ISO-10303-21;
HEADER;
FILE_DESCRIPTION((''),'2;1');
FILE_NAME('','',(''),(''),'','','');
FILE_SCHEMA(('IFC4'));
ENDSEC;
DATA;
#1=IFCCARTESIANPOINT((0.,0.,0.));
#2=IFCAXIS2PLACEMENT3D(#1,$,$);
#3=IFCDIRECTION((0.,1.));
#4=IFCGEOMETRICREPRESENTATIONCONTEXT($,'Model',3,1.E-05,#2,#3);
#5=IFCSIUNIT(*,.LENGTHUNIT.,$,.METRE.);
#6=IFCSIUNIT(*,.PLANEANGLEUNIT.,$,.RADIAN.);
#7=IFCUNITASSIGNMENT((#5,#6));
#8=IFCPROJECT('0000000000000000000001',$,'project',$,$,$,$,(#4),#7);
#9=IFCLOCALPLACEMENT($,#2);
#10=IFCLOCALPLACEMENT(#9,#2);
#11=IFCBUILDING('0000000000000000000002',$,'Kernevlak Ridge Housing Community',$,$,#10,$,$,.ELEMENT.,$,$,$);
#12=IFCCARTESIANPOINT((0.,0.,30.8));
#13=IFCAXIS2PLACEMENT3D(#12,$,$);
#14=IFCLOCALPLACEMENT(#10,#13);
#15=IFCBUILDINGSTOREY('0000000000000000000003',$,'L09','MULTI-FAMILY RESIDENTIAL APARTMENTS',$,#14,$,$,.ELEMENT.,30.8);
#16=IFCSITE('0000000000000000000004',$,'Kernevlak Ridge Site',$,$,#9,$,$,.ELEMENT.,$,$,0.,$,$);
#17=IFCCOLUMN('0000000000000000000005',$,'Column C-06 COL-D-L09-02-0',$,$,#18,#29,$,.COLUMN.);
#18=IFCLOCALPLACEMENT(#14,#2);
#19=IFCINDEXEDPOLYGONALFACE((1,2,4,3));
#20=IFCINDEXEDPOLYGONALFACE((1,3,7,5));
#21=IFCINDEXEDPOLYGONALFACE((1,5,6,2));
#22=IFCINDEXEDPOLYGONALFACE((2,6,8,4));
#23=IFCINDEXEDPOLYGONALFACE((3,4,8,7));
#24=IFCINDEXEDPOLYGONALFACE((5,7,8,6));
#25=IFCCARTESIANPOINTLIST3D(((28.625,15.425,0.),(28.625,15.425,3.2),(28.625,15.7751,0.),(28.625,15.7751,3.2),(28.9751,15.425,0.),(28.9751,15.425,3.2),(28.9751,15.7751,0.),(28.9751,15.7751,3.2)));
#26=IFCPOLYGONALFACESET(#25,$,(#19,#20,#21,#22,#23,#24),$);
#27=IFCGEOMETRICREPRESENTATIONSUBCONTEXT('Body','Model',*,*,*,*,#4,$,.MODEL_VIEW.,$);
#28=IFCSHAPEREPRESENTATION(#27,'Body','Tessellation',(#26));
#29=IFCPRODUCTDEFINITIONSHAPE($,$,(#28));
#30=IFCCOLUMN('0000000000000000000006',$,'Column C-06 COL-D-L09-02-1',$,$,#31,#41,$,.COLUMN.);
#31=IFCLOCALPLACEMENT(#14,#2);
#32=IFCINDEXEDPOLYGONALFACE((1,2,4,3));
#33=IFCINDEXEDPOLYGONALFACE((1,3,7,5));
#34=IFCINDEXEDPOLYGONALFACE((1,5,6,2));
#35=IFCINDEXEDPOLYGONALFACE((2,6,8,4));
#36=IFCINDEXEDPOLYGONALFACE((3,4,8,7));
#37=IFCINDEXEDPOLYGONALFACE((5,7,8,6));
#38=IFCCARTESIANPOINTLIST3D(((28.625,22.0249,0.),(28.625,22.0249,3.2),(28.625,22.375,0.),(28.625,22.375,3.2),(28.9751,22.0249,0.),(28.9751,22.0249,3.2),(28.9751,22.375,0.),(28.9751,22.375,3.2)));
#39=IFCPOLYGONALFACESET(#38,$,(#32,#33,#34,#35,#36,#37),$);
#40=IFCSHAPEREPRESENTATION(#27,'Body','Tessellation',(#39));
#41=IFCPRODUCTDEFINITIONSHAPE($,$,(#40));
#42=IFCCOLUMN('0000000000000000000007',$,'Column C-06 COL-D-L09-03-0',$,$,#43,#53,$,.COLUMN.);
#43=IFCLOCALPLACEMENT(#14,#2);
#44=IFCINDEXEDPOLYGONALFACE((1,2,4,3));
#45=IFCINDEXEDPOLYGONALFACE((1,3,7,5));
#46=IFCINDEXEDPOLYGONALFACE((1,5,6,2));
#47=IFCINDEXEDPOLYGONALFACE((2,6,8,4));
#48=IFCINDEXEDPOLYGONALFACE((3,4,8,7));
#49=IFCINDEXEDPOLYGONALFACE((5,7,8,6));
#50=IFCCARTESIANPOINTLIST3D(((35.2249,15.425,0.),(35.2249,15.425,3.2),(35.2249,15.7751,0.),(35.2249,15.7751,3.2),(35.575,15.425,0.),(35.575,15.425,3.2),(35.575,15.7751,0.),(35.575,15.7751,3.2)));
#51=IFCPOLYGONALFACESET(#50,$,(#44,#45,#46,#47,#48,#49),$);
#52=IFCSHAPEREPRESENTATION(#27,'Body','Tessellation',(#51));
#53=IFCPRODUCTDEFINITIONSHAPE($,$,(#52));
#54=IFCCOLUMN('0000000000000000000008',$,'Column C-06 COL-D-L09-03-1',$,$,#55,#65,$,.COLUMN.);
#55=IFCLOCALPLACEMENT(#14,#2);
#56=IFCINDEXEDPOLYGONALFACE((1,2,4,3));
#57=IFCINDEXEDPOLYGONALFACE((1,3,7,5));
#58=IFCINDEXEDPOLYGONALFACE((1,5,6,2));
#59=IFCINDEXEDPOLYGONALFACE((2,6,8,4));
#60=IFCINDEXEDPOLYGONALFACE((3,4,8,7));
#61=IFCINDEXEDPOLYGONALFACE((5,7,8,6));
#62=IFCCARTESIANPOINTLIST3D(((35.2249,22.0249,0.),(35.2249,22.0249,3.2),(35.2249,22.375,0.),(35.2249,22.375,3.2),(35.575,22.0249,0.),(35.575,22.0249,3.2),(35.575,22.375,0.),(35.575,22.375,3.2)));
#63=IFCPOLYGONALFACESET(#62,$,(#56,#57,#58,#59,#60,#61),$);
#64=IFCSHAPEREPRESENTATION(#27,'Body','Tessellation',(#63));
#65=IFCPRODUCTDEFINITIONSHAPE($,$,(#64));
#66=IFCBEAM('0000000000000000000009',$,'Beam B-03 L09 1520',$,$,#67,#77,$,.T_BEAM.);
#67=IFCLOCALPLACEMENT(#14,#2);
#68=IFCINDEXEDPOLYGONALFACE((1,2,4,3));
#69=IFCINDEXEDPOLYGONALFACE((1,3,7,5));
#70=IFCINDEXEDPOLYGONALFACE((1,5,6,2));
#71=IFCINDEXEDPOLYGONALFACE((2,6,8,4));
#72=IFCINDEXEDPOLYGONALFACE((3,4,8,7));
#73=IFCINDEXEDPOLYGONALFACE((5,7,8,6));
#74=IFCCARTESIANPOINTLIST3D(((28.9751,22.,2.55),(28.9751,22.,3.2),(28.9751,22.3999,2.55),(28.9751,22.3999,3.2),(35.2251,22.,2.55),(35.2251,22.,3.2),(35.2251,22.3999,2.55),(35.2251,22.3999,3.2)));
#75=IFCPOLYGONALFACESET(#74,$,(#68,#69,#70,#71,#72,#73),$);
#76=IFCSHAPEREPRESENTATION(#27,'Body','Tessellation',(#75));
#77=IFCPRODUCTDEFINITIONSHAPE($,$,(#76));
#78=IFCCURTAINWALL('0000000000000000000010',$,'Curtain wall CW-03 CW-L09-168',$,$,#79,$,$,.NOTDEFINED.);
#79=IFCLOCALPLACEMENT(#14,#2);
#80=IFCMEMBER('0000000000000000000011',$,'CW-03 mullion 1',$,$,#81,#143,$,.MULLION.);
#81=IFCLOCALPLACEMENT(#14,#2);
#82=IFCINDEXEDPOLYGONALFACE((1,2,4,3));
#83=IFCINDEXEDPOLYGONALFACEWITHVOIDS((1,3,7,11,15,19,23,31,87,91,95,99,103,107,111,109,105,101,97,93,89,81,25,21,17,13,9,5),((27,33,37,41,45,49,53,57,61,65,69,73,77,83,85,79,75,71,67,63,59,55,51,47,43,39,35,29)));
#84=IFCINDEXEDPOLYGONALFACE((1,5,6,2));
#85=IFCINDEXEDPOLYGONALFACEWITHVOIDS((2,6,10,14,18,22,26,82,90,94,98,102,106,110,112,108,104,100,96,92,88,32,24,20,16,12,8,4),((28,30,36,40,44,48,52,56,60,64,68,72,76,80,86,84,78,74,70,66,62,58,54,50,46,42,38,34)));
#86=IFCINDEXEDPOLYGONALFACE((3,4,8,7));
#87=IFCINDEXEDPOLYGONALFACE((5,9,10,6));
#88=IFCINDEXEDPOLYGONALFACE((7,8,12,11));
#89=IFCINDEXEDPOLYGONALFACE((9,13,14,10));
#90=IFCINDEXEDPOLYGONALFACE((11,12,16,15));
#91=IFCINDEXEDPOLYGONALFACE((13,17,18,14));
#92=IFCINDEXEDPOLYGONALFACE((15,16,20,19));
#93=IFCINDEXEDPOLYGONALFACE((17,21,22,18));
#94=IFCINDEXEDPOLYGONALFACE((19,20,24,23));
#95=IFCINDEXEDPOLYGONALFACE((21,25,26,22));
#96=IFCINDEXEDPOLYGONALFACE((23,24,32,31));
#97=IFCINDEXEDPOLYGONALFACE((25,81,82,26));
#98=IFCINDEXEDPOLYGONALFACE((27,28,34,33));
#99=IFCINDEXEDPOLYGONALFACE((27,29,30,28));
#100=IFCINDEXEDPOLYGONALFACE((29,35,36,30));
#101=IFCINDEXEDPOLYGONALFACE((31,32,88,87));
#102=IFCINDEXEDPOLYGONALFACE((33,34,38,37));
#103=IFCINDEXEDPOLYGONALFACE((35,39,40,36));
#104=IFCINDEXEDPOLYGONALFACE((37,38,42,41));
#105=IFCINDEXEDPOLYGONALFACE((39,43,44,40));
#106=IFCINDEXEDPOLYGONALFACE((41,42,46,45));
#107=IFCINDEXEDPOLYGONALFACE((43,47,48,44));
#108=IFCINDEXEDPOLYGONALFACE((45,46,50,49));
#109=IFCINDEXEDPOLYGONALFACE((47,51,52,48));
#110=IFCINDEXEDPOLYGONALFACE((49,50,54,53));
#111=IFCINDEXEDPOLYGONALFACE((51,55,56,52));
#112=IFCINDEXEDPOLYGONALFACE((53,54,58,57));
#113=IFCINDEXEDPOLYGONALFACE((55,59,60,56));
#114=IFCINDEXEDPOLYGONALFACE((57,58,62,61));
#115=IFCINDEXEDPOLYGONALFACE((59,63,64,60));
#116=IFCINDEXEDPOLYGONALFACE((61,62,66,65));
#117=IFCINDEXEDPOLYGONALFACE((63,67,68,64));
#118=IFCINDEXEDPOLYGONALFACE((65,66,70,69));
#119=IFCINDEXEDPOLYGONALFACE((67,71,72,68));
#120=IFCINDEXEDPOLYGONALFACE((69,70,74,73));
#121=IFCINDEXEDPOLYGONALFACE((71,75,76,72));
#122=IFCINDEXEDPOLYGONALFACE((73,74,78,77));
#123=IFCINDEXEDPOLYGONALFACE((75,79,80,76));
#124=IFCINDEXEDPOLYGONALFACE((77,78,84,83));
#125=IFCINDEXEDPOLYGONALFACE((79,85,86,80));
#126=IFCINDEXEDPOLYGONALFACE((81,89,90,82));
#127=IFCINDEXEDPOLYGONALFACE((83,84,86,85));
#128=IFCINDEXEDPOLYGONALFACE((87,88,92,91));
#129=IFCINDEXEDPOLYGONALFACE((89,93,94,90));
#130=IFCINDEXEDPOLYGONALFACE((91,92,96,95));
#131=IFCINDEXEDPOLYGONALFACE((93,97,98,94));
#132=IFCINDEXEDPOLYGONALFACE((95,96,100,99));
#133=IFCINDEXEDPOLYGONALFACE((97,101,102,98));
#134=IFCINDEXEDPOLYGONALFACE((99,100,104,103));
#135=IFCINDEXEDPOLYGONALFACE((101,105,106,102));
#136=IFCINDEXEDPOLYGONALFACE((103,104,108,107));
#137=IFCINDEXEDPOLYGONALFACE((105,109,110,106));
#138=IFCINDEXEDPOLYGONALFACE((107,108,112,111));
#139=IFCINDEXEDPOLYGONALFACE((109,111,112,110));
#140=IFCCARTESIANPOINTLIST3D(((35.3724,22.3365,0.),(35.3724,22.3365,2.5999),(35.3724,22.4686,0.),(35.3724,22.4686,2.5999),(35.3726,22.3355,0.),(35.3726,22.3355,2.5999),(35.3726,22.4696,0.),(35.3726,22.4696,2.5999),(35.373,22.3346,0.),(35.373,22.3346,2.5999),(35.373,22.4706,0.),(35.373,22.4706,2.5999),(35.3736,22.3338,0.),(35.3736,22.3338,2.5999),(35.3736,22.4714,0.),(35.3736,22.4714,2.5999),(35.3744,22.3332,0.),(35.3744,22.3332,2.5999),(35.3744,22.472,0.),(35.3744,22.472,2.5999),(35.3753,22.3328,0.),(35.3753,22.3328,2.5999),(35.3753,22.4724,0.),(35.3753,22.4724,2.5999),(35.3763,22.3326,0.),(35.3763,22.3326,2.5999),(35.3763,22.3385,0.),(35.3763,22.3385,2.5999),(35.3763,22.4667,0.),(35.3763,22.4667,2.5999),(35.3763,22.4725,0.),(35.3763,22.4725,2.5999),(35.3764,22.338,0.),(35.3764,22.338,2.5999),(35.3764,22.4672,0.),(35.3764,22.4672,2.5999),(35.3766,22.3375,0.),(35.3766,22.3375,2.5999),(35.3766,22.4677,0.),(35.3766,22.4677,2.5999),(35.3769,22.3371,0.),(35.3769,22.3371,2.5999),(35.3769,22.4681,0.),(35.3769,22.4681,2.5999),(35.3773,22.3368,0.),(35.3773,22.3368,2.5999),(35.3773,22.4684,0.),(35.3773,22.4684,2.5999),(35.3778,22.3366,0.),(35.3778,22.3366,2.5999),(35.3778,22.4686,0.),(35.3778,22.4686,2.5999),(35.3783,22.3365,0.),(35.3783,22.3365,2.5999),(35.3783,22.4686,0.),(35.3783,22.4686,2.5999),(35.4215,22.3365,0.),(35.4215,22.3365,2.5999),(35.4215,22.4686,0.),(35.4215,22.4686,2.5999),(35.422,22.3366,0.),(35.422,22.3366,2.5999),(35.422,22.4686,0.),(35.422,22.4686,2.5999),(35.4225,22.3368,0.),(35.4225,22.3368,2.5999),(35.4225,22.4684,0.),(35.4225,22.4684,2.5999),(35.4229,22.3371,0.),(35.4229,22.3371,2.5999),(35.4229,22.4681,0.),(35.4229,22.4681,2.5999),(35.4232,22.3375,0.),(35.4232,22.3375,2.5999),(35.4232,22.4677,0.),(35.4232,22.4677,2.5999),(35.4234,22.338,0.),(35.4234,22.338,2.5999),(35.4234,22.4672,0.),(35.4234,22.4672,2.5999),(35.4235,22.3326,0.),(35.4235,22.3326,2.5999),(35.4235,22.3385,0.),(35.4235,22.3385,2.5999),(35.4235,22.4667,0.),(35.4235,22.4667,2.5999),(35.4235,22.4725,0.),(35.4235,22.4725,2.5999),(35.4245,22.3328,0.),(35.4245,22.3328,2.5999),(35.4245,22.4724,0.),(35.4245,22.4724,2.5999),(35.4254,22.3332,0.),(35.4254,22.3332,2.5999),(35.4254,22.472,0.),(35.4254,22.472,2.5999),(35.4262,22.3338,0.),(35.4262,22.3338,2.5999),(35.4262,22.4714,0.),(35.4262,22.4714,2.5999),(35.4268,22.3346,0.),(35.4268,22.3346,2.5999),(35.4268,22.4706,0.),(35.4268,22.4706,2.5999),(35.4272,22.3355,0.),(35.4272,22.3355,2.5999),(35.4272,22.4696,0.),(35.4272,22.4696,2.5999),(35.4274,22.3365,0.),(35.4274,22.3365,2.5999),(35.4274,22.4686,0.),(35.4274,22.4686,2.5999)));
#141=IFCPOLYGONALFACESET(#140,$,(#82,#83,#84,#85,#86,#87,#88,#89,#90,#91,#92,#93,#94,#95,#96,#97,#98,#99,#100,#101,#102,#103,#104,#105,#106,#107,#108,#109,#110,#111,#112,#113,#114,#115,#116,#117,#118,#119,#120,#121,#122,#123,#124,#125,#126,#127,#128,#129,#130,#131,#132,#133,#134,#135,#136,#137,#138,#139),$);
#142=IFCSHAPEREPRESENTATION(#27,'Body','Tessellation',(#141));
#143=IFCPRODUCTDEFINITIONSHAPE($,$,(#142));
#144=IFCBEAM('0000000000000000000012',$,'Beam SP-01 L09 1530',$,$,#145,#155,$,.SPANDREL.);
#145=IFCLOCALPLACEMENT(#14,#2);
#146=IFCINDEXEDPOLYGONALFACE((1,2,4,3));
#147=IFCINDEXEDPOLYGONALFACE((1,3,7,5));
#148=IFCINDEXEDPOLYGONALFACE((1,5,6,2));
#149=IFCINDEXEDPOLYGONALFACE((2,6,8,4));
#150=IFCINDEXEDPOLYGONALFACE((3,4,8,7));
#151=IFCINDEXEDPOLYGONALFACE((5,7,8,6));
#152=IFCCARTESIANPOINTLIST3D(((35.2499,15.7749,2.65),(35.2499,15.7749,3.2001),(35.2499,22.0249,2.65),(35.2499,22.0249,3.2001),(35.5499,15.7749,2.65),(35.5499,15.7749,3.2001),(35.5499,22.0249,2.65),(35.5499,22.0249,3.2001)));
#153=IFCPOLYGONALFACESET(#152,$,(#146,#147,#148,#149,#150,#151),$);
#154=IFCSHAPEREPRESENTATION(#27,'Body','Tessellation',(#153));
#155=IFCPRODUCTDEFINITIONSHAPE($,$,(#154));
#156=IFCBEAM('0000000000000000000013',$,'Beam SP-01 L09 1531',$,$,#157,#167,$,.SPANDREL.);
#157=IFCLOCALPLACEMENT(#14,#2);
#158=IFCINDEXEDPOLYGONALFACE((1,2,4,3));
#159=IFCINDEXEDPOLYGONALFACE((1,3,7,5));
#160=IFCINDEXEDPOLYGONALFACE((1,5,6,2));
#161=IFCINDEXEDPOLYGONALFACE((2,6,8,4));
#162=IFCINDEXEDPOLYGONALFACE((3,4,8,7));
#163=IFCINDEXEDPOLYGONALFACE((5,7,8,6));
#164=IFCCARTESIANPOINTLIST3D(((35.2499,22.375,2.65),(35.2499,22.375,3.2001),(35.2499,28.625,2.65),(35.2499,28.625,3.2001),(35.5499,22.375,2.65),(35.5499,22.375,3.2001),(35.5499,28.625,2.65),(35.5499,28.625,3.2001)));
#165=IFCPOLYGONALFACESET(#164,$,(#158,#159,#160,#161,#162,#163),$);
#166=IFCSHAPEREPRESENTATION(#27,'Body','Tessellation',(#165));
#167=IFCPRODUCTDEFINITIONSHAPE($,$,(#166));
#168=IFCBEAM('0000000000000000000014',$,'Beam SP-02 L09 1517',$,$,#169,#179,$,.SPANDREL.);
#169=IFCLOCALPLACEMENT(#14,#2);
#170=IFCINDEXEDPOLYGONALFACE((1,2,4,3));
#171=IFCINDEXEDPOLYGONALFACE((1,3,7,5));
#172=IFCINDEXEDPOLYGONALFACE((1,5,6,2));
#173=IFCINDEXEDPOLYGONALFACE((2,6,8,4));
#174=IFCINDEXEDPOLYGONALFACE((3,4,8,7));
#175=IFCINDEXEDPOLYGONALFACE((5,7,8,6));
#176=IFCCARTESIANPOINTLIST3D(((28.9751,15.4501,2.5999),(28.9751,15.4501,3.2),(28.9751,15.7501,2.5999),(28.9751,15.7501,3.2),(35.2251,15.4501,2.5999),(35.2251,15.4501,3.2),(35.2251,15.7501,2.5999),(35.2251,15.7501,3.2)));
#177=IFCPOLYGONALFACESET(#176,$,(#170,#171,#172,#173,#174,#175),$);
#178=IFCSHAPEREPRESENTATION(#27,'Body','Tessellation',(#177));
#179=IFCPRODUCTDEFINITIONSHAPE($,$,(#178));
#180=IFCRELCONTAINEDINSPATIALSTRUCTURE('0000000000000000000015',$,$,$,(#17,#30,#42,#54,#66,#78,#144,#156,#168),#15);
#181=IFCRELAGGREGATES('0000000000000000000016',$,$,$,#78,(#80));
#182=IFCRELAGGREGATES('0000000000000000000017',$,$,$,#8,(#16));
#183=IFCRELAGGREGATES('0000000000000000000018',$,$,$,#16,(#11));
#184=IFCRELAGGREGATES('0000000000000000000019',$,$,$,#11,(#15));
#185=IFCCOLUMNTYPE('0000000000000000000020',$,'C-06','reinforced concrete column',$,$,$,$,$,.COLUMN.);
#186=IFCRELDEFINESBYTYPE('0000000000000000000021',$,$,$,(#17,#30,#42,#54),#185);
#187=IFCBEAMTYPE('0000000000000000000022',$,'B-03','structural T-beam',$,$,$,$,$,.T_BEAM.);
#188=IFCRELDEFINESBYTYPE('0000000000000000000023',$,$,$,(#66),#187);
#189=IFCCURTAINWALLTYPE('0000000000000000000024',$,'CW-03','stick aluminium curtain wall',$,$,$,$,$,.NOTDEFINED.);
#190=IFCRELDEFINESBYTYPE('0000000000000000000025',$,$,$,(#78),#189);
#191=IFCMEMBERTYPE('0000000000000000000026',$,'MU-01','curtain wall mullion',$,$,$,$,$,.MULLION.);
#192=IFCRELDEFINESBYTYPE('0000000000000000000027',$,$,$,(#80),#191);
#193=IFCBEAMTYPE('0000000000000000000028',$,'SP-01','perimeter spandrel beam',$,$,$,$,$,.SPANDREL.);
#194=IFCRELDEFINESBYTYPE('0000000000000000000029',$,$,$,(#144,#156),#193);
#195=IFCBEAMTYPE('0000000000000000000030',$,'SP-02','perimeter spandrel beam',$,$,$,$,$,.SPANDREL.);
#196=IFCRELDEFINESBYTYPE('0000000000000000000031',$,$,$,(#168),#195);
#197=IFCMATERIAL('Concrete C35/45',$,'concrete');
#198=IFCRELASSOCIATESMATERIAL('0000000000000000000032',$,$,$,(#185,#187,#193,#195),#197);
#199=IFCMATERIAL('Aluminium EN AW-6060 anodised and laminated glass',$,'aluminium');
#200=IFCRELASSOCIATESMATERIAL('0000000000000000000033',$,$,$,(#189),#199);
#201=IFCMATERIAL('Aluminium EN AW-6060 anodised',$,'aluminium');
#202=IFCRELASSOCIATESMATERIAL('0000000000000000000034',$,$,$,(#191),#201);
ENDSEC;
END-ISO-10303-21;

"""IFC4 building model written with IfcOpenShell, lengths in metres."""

from ifc_helpers import new_model, si_unit, direction, frame, origin, origin_2d, place, context, subcontext, project, spatial, rectangle, hollow_rectangle, extrude, material, material_profile, profile_set, type_object, element, aggregate, save


model = new_model("IFC4")

# Units and contexts
model_context = context("Model", 3, precision=1e-05, world=origin(), true_north=direction((0.0, 1.0)))
body_context = subcontext(model_context, "Body", "Model", "MODEL_VIEW")
ifc_project = project(units=[si_unit("LENGTHUNIT", "METRE"), si_unit("PLANEANGLEUNIT", "RADIAN")], contexts=[model_context])

# Site, building, storey
site_placement = place(None, origin())
site = spatial("IfcSite", under=ifc_project, at=site_placement, Name="Kernevlak Ridge Site", CompositionType="ELEMENT", RefElevation=0.0)
building_placement = place(site_placement, origin())
building = spatial("IfcBuilding", under=site, at=building_placement, Name="Kernevlak Ridge Housing Community", CompositionType="ELEMENT")
storey_placement = place(building_placement, frame((0.0, 0.0, 30.8)))
storey = spatial("IfcBuildingStorey", under=building, at=storey_placement, Name="L09", Description="MULTI-FAMILY RESIDENTIAL APARTMENTS", CompositionType="ELEMENT", Elevation=30.8)

# Columns
ifc_material_1 = material(Name="Concrete C35/45", Category="concrete")
ifc_material_profile_1 = material_profile(ifc_material_1, rectangle(XDim=0.3501, YDim=0.3501, at=origin_2d()), Name="RC 350x350")
ifc_profile_set_1 = profile_set([ifc_material_profile_1], Name="Concrete C35/45")
column_type = type_object("IfcColumnType", Name="C-06", Description="reinforced concrete column", PredefinedType="COLUMN", material=ifc_profile_set_1)
for number, where, z_axis, x_axis, name in (
    (1, (28.8, 15.6001, 0.0), (0.0, 0.0, 1.0), (1.0, 0.0, 0.0), "Column C-06 COL-D-L09-02-0"),
    (2, (28.8, 22.2, 0.0), (0.0, 0.0, 1.0), (1.0, 0.0, 0.0), "Column C-06 COL-D-L09-02-1"),
    (3, (35.3999, 15.6001, 0.0), (0.0, 0.0, 1.0), (1.0, 0.0, 0.0), "Column C-06 COL-D-L09-03-0"),
    (4, (35.3999, 22.2, 0.0), (0.0, 0.0, 1.0), (1.0, 0.0, 0.0), "Column C-06 COL-D-L09-03-1"),
):
    element("IfcColumn", number, at=place(storey_placement, frame(where, z_axis=z_axis, x_axis=x_axis)), inside=storey, type_object=column_type, Name=name, PredefinedType="COLUMN", context=body_context, shape_type="SweptSolid", body=[
        extrude(rectangle(XDim=0.3501, YDim=0.3501, at=origin_2d()), origin(), (0.0, 0.0, 1.0), 3.2),
    ])

# Beam
ifc_material_profile_2 = material_profile(ifc_material_1, rectangle(XDim=0.3999, YDim=0.6499, at=origin_2d()), Name="RC 400x650")
ifc_profile_set_2 = profile_set([ifc_material_profile_2], Name="Concrete C35/45")
beam_type_1 = type_object("IfcBeamType", Name="B-03", Description="structural T-beam", PredefinedType="T_BEAM", material=ifc_profile_set_2)
beam_1_placement = place(storey_placement, frame((28.9751, 22.2, 2.875), z_axis=(1.0, 0.0, 0.0), x_axis=(0.0, 1.0, 0.0)))
element("IfcBeam", 5, at=beam_1_placement, inside=storey, type_object=beam_type_1, Name="Beam B-03 L09 1520", PredefinedType="T_BEAM", context=body_context, shape_type="SweptSolid", body=[
    extrude(rectangle(XDim=0.3999, YDim=0.6499, at=origin_2d()), origin(), (0.0, 0.0, 1.0), 6.25),
])

# Curtain wall, member
ifc_material_2 = material(Name="Aluminium EN AW-6060 anodised and laminated glass", Category="aluminium")
curtain_wall_type = type_object("IfcCurtainWallType", Name="CW-03", Description="stick aluminium curtain wall", PredefinedType="NOTDEFINED", material=ifc_material_2)
curtain_wall_placement = place(storey_placement, origin())
curtain_wall = element("IfcCurtainWall", 6, at=curtain_wall_placement, inside=storey, type_object=curtain_wall_type, Name="Curtain wall CW-03 CW-L09-168", PredefinedType="NOTDEFINED")
ifc_material_3 = material(Name="Aluminium EN AW-6060 anodised", Category="aluminium")
ifc_material_profile_3 = material_profile(ifc_material_3, hollow_rectangle(XDim=0.0549, YDim=0.1399, WallThickness=0.0039, InnerFilletRadius=0.002, OuterFilletRadius=0.0039, at=origin_2d()), Name="ALU 55x140x4")
ifc_profile_set_3 = profile_set([ifc_material_profile_3], Name="Aluminium EN AW-6060 anodised")
member_type = type_object("IfcMemberType", Name="MU-01", Description="curtain wall mullion", PredefinedType="MULLION", material=ifc_profile_set_3)
member_placement = place(storey_placement, frame((35.3999, 22.4026, 0.0), z_axis=(0.0, 0.0, 1.0), x_axis=(-1.0, 0.0, 0.0)))
member = element("IfcMember", 7, at=member_placement, type_object=member_type, Name="CW-03 mullion 1", PredefinedType="MULLION", context=body_context, shape_type="SweptSolid", body=[
    extrude(hollow_rectangle(XDim=0.0549, YDim=0.1399, WallThickness=0.0039, InnerFilletRadius=0.002, OuterFilletRadius=0.0039, at=origin_2d()), origin(), (0.0, 0.0, 1.0), 2.5999),
])
aggregate(curtain_wall, [member])

# Beams
ifc_material_profile_4 = material_profile(ifc_material_1, rectangle(XDim=0.3, YDim=0.55, at=origin_2d()), Name="RC 300x550")
ifc_profile_set_4 = profile_set([ifc_material_profile_4], Name="Concrete C35/45")
beam_type_2 = type_object("IfcBeamType", Name="SP-01", Description="perimeter spandrel beam", PredefinedType="SPANDREL", material=ifc_profile_set_4)
for number, where, z_axis, x_axis, name in (
    (8, (35.3999, 15.7749, 2.925), (0.0, 1.0, 0.0), (-1.0, 0.0, 0.0), "Beam SP-01 L09 1530"),
    (9, (35.3999, 22.375, 2.925), (0.0, 1.0, 0.0), (-1.0, 0.0, 0.0), "Beam SP-01 L09 1531"),
):
    element("IfcBeam", number, at=place(storey_placement, frame(where, z_axis=z_axis, x_axis=x_axis)), inside=storey, type_object=beam_type_2, Name=name, PredefinedType="SPANDREL", context=body_context, shape_type="SweptSolid", body=[
        extrude(rectangle(XDim=0.3, YDim=0.55, at=origin_2d()), origin(), (0.0, 0.0, 1.0), 6.25),
    ])
ifc_material_profile_5 = material_profile(ifc_material_1, rectangle(XDim=0.3, YDim=0.6001, at=origin_2d()), Name="RC 300x600")
ifc_profile_set_5 = profile_set([ifc_material_profile_5], Name="Concrete C35/45")
beam_type_3 = type_object("IfcBeamType", Name="SP-02", Description="perimeter spandrel beam", PredefinedType="SPANDREL", material=ifc_profile_set_5)
beam_2_placement = place(storey_placement, frame((28.9751, 15.6001, 2.8999), z_axis=(1.0, 0.0, 0.0), x_axis=(0.0, 1.0, 0.0)))
element("IfcBeam", 10, at=beam_2_placement, inside=storey, type_object=beam_type_3, Name="Beam SP-02 L09 1517", PredefinedType="SPANDREL", context=body_context, shape_type="SweptSolid", body=[
    extrude(rectangle(XDim=0.3, YDim=0.6001, at=origin_2d()), origin(), (0.0, 0.0, 1.0), 6.25),
])

save(model, "model.ifc")
